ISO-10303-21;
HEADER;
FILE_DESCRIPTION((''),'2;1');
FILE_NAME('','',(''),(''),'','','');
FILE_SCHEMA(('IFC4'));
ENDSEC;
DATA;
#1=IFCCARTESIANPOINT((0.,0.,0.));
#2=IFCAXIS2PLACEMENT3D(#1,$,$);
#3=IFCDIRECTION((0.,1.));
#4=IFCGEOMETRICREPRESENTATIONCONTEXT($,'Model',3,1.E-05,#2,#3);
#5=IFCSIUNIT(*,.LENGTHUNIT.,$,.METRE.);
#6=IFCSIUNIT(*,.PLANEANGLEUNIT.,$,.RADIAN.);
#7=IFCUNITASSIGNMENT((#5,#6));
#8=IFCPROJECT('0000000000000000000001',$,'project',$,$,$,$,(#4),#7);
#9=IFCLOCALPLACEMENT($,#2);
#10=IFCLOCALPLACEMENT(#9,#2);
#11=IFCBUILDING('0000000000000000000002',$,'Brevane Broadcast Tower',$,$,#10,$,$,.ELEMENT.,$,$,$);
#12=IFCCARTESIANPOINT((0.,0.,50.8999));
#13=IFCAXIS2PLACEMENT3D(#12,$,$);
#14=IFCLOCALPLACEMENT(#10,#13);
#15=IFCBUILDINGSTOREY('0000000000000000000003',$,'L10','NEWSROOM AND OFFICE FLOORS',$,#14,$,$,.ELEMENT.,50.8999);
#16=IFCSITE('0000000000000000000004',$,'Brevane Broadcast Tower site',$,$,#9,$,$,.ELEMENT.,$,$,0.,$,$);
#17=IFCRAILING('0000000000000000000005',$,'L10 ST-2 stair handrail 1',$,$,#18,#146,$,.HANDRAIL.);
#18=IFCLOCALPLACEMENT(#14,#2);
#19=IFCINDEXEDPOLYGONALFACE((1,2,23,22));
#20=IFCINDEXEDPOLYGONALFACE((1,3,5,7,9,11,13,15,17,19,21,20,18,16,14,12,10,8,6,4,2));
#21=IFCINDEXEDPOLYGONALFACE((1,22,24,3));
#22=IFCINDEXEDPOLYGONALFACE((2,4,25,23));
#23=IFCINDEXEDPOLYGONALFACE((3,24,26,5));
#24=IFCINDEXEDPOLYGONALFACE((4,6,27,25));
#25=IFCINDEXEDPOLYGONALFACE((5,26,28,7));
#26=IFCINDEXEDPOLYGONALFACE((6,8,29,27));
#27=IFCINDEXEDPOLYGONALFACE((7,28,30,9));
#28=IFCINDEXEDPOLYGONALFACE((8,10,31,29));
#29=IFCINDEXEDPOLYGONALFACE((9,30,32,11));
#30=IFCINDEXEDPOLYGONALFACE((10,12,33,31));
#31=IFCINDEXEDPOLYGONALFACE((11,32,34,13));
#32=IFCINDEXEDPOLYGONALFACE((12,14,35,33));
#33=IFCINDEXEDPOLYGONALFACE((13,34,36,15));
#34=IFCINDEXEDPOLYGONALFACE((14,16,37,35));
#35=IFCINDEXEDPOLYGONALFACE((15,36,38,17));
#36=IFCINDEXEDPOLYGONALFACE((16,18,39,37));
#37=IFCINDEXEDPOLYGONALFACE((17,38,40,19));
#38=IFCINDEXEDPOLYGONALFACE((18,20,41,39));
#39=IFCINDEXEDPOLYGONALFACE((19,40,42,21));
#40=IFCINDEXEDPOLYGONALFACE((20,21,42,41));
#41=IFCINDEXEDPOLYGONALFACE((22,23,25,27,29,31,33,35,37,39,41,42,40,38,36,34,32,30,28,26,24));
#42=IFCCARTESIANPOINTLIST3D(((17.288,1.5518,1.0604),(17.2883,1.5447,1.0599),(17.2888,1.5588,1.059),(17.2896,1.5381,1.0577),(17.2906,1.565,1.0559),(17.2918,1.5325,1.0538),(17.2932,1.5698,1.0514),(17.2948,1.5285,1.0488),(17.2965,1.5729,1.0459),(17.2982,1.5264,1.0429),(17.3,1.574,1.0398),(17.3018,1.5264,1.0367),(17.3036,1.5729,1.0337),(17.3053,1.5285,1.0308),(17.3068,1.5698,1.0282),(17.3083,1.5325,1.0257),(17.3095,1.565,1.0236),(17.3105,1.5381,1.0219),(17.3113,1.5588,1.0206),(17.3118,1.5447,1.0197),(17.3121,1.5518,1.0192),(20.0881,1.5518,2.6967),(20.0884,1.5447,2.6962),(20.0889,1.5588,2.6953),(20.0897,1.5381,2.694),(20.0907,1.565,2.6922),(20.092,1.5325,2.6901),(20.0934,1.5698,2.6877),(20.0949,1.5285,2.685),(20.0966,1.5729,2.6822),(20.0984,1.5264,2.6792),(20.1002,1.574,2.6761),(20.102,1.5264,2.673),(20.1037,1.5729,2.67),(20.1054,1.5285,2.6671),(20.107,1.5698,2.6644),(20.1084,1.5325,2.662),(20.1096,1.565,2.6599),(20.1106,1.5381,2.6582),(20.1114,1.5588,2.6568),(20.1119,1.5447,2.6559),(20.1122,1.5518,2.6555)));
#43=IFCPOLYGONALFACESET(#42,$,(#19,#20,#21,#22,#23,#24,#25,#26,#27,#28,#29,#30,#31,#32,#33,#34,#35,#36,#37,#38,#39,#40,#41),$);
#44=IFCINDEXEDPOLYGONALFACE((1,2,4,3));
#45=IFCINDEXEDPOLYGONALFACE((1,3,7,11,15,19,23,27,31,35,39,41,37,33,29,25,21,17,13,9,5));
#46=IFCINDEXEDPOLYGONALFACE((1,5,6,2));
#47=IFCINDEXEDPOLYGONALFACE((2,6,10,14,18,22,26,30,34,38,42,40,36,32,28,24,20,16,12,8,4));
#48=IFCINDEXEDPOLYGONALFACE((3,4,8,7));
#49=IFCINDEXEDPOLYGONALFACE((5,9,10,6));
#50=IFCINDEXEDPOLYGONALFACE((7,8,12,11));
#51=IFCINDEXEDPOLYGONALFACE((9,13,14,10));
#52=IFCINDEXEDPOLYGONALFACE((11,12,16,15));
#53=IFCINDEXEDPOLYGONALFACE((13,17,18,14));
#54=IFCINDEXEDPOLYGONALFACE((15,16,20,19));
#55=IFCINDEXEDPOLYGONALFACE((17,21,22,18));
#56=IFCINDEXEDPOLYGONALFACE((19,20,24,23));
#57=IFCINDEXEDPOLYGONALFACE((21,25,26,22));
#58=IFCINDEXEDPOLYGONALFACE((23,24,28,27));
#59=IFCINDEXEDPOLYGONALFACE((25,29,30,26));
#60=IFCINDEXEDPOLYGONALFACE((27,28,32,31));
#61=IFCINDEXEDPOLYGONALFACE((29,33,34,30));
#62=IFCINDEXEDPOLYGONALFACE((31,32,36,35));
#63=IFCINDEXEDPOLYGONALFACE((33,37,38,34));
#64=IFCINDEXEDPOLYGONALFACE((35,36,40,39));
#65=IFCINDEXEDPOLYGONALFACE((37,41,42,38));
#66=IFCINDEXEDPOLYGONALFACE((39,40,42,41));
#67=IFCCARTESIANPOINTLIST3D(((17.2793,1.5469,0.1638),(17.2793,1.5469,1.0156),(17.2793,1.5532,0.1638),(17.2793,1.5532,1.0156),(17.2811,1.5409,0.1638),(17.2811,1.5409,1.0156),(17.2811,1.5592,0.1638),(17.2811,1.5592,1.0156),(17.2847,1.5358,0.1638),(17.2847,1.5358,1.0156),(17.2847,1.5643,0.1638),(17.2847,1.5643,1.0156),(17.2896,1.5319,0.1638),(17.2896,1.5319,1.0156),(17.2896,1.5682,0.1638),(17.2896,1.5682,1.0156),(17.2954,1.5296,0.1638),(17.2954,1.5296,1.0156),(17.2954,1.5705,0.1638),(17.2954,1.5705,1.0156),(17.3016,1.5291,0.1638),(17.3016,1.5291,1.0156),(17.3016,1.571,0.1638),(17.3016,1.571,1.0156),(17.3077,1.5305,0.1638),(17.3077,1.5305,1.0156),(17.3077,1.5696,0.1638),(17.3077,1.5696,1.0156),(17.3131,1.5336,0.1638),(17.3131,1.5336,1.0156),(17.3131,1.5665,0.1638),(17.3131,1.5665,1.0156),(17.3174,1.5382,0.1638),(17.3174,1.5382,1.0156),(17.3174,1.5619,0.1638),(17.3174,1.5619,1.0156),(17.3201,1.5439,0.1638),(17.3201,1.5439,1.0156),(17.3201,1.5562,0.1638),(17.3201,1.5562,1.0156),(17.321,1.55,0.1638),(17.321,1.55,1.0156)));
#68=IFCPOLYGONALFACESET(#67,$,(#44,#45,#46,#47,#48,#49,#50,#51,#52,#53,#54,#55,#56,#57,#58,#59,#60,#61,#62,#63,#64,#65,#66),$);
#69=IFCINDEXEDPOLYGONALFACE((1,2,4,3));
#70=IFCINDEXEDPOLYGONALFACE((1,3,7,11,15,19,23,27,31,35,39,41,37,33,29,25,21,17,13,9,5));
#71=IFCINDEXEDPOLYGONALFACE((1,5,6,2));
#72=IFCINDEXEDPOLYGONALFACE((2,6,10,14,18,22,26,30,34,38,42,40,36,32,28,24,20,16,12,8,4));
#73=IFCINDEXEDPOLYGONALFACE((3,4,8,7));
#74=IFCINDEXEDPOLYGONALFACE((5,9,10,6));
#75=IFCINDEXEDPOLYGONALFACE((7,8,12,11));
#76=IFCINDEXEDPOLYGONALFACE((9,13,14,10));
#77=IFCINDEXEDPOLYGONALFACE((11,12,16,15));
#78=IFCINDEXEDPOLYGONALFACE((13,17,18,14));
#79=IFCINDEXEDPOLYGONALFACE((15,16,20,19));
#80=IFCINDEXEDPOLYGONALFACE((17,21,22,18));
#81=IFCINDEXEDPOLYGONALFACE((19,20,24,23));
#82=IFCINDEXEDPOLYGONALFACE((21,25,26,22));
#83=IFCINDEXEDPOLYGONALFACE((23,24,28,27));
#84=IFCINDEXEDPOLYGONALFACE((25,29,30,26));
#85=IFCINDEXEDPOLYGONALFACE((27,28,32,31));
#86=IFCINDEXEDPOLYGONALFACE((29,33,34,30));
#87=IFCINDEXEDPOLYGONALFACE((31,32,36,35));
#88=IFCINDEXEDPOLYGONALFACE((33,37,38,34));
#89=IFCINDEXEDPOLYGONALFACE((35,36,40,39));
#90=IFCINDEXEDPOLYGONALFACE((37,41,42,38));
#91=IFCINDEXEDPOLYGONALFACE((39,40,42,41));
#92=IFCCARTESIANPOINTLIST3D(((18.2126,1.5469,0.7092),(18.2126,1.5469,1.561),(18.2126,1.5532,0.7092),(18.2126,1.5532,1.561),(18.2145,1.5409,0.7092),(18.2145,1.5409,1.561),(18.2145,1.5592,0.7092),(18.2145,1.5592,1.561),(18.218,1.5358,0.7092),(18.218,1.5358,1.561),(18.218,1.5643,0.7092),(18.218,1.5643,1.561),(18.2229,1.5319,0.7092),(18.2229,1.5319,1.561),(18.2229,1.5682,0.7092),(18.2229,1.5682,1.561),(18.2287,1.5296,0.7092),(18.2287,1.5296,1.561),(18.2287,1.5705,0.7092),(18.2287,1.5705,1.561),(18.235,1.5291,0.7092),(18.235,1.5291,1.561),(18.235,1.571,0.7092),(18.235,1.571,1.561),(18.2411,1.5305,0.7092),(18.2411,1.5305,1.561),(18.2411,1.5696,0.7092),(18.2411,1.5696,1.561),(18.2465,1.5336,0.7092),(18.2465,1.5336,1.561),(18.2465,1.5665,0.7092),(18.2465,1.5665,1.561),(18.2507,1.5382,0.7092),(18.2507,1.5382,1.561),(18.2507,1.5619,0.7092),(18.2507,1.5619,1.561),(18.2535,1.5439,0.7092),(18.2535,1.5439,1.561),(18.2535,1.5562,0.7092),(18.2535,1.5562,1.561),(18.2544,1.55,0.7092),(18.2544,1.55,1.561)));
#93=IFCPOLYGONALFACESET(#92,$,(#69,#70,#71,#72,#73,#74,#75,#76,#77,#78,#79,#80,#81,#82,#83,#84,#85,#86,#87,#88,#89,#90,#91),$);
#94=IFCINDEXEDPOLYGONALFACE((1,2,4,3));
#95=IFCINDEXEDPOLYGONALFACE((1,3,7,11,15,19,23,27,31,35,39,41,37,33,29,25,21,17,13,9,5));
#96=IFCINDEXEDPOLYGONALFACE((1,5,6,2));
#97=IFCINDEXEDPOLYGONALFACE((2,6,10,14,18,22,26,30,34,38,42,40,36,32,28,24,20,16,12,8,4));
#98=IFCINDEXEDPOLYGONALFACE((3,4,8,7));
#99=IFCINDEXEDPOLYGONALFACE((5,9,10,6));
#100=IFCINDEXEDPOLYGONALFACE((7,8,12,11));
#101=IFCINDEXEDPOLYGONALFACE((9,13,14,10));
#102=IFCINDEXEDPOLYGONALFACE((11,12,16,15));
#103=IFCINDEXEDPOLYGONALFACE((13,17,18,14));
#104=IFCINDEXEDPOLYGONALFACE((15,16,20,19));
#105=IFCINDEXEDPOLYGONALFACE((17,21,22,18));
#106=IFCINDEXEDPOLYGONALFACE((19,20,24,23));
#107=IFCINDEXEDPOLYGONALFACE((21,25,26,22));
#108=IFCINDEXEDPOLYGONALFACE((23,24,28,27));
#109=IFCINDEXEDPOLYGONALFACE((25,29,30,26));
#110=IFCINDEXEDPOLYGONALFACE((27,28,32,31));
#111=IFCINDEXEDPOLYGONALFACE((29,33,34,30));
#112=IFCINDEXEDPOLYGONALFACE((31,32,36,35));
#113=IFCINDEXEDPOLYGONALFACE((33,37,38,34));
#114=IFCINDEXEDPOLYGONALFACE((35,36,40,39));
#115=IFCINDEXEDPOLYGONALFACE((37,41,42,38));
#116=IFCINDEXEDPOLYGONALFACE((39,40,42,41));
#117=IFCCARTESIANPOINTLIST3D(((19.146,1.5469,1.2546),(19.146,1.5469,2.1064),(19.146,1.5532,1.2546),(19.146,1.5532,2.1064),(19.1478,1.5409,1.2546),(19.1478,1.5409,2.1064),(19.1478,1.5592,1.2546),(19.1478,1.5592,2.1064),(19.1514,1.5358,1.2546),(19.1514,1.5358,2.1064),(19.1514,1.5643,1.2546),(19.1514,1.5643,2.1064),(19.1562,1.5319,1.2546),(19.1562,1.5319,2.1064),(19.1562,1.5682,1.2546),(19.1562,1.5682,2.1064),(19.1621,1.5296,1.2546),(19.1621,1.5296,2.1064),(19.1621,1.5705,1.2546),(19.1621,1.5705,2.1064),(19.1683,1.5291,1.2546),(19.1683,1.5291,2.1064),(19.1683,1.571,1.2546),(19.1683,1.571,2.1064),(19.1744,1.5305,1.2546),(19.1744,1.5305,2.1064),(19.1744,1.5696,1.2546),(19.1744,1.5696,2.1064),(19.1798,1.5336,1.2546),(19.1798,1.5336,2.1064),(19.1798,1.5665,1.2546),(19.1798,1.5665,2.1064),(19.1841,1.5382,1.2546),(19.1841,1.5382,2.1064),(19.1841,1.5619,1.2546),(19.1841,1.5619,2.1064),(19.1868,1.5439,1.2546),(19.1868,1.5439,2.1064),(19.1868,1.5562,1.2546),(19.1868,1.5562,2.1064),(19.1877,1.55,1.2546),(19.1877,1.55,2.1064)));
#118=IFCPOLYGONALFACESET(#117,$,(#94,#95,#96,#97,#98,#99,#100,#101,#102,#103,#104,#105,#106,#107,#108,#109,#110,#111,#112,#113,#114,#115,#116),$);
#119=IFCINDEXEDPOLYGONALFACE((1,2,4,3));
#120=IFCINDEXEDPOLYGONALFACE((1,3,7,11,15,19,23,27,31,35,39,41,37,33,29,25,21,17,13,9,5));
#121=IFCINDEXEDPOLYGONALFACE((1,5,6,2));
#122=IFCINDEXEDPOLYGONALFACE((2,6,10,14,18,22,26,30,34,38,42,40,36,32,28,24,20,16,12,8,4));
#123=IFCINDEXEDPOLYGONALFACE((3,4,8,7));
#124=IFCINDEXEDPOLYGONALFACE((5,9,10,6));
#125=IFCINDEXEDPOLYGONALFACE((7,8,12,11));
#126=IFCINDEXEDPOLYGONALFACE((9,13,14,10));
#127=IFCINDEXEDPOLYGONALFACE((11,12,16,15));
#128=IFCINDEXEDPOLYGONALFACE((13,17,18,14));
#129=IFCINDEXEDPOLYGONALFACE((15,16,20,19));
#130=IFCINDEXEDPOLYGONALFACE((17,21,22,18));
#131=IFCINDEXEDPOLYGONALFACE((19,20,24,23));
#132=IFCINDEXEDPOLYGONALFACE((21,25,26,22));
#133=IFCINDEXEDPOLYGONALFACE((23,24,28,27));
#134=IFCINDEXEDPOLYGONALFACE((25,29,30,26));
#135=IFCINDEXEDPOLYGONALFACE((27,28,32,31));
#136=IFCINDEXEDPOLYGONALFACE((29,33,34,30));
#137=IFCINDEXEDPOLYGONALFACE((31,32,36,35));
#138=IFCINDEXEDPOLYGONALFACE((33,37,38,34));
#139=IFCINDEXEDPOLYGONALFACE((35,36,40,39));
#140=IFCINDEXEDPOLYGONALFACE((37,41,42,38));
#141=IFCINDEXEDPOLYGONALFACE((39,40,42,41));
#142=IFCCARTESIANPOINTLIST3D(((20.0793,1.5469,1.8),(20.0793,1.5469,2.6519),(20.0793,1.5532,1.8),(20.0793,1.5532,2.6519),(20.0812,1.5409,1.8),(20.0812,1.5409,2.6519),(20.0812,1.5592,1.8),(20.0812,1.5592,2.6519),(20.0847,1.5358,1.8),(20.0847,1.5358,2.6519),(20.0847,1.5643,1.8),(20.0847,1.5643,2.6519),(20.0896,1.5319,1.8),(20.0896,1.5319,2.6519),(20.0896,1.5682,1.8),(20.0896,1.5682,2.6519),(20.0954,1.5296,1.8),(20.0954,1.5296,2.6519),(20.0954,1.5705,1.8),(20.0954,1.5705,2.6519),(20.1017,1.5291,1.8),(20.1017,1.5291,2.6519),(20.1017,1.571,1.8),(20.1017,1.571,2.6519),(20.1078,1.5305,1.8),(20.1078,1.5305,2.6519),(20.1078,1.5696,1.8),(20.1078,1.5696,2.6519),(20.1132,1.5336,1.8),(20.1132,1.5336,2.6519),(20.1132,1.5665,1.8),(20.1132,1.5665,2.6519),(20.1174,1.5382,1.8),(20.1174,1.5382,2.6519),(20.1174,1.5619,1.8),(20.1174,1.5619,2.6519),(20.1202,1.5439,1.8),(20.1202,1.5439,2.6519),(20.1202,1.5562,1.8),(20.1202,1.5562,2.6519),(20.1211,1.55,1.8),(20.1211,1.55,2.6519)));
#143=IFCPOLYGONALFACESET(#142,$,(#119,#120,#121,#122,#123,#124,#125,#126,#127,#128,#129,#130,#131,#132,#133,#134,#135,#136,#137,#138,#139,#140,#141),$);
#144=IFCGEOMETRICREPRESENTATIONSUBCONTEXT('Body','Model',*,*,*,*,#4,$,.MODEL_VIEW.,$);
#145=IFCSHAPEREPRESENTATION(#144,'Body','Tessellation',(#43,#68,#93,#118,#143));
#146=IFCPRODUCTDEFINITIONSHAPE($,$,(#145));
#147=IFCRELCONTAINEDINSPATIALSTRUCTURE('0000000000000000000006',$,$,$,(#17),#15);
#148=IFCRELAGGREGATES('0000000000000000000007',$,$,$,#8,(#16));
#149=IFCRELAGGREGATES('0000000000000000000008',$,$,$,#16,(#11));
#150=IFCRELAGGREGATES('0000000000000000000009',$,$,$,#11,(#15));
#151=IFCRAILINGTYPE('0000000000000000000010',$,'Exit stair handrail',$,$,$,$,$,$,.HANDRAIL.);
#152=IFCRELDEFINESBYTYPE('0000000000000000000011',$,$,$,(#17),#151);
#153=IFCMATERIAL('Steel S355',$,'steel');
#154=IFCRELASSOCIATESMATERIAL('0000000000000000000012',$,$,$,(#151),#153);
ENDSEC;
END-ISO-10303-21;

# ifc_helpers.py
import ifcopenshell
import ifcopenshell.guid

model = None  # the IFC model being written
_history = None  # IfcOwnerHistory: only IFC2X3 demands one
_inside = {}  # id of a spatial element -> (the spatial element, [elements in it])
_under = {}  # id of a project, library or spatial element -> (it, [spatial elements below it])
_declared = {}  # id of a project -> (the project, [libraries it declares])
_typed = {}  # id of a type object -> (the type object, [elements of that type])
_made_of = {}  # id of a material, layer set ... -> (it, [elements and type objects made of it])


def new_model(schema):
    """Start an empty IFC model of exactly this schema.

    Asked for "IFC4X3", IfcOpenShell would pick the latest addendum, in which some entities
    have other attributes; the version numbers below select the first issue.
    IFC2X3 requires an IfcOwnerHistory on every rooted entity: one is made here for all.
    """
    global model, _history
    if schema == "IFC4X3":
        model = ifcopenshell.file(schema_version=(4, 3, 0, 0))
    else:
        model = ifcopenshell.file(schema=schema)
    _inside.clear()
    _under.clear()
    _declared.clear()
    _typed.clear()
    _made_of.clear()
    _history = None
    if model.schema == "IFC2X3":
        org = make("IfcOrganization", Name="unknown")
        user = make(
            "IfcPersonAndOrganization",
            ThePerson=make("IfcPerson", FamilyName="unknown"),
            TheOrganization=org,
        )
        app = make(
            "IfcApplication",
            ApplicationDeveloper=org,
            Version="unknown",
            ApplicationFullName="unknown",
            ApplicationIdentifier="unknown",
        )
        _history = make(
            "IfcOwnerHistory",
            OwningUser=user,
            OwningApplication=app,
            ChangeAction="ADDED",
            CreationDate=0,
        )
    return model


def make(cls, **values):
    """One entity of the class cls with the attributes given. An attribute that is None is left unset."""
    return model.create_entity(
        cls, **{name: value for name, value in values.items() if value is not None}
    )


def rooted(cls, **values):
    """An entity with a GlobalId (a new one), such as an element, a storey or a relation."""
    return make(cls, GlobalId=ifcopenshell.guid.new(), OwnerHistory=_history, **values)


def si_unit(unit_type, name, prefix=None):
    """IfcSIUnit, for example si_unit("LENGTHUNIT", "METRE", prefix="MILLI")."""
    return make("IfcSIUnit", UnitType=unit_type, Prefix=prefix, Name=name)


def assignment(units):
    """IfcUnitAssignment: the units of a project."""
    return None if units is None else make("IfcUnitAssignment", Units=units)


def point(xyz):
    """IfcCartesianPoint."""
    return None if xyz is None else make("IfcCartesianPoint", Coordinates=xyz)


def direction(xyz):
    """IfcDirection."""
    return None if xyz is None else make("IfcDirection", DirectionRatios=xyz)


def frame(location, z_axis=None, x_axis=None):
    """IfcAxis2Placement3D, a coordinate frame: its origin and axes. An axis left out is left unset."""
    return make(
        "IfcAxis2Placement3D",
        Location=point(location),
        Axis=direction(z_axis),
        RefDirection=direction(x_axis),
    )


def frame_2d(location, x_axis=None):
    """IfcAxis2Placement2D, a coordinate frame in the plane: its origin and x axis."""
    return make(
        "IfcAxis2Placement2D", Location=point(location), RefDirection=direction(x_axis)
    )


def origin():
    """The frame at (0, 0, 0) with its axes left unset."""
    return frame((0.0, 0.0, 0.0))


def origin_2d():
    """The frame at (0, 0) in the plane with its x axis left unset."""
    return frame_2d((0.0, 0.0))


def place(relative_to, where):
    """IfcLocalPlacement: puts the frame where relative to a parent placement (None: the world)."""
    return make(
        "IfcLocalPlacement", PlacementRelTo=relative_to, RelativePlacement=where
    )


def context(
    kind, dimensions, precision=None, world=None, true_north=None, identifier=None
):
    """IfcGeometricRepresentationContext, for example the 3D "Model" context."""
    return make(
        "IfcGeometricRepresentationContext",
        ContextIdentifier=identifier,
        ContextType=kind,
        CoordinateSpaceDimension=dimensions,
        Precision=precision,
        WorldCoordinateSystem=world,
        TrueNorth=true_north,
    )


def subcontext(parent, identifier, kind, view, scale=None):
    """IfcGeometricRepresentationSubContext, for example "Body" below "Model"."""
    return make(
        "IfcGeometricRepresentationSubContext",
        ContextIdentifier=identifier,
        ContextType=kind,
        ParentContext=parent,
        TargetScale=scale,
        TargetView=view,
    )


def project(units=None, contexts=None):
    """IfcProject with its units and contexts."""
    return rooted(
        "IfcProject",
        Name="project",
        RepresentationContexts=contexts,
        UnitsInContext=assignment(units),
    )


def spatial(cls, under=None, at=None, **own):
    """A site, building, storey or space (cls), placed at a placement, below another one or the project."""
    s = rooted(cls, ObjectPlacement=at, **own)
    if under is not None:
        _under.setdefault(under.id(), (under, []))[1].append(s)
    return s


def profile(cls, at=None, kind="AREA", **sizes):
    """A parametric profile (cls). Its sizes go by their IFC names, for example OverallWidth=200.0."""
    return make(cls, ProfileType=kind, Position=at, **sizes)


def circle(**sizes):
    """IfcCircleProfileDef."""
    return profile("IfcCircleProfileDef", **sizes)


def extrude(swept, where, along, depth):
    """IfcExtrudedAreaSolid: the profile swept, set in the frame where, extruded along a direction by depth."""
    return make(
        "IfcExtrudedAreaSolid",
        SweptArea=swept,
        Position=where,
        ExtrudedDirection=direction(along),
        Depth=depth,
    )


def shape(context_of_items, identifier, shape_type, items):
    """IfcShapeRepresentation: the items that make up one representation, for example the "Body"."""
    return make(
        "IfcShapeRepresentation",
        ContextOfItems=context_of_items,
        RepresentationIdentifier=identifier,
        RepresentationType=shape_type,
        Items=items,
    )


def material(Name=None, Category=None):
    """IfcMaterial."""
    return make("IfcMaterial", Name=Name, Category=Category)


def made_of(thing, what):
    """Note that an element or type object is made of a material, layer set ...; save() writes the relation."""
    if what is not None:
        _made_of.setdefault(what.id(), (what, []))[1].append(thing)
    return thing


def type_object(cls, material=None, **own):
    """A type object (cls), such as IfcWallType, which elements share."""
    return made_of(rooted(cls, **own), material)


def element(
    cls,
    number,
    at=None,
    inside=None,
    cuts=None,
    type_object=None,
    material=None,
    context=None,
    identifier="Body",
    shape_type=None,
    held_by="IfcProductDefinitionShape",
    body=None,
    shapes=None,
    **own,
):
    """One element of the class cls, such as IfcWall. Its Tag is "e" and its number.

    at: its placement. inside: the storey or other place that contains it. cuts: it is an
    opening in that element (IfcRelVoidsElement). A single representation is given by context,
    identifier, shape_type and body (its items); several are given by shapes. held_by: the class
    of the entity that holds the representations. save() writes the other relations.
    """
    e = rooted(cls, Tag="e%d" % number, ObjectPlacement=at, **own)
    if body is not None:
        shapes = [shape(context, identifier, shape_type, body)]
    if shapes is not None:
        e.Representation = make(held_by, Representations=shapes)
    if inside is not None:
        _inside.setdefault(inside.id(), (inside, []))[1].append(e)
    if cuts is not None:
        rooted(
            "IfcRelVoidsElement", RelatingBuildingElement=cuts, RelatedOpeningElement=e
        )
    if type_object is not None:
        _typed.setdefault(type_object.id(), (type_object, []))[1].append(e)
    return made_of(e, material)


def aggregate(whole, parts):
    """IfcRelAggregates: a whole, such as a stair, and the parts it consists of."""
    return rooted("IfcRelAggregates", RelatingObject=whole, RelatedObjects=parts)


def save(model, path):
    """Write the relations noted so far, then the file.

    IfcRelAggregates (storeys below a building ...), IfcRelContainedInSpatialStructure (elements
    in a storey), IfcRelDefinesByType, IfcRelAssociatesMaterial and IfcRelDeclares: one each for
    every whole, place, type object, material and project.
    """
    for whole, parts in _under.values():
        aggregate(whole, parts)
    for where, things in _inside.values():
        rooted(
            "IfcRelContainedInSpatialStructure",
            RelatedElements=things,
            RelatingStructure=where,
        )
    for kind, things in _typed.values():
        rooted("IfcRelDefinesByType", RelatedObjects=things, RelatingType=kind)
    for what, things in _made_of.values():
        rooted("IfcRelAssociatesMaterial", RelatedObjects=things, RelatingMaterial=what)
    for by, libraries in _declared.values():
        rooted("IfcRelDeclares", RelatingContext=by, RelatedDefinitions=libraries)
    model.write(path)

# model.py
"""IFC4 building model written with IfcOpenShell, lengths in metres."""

from ifc_helpers import new_model, si_unit, direction, frame, origin, origin_2d, place, context, subcontext, project, spatial, circle, extrude, material, type_object, element, save


model = new_model("IFC4")

# Units and contexts
model_context = context("Model", 3, precision=1e-05, world=origin(), true_north=direction((0.0, 1.0)))
body_context = subcontext(model_context, "Body", "Model", "MODEL_VIEW")
ifc_project = project(units=[si_unit("LENGTHUNIT", "METRE"), si_unit("PLANEANGLEUNIT", "RADIAN")], contexts=[model_context])

# Site, building, storey
site_placement = place(None, origin())
site = spatial("IfcSite", under=ifc_project, at=site_placement, Name="Brevane Broadcast Tower site", CompositionType="ELEMENT", RefElevation=0.0)
building_placement = place(site_placement, origin())
building = spatial("IfcBuilding", under=site, at=building_placement, Name="Brevane Broadcast Tower", CompositionType="ELEMENT")
storey_placement = place(building_placement, frame((0.0, 0.0, 50.8999)))
storey = spatial("IfcBuildingStorey", under=building, at=storey_placement, Name="L10", Description="NEWSROOM AND OFFICE FLOORS", CompositionType="ELEMENT", Elevation=50.8999)

# Railing
ifc_material_1 = material(Name="Steel S355", Category="steel")
railing_type_1 = type_object("IfcRailingType", Name="Exit stair handrail", PredefinedType="HANDRAIL", material=ifc_material_1)
railing_1_placement = place(storey_placement, frame((17.3, 1.55, 0.1638)))
element("IfcRailing", 1, at=railing_1_placement, inside=storey, type_object=railing_type_1, Name="L10 ST-2 stair handrail 1", PredefinedType="HANDRAIL", context=body_context, shape_type="SweptSolid", body=[
    extrude(circle(Radius=0.0239, at=origin_2d()), frame((0.0, 0.0, 0.876), z_axis=(0.863394, 0.0, 0.504531), x_axis=(0.0, 1.0, 0.0)), (0.0, 0.0, 1.0), 3.2432),
    extrude(circle(Radius=0.021, at=origin_2d()), origin(), (0.0, 0.0, 1.0), 0.8518),
    extrude(circle(Radius=0.021, at=origin_2d()), frame((0.9333, 0.0, 0.5454)), (0.0, 0.0, 1.0), 0.8518),
    extrude(circle(Radius=0.021, at=origin_2d()), frame((1.8667, 0.0, 1.0908)), (0.0, 0.0, 1.0), 0.8518),
    extrude(circle(Radius=0.021, at=origin_2d()), frame((2.8, 0.0, 1.6362)), (0.0, 0.0, 1.0), 0.8518),
])

save(model, "model.ifc")
